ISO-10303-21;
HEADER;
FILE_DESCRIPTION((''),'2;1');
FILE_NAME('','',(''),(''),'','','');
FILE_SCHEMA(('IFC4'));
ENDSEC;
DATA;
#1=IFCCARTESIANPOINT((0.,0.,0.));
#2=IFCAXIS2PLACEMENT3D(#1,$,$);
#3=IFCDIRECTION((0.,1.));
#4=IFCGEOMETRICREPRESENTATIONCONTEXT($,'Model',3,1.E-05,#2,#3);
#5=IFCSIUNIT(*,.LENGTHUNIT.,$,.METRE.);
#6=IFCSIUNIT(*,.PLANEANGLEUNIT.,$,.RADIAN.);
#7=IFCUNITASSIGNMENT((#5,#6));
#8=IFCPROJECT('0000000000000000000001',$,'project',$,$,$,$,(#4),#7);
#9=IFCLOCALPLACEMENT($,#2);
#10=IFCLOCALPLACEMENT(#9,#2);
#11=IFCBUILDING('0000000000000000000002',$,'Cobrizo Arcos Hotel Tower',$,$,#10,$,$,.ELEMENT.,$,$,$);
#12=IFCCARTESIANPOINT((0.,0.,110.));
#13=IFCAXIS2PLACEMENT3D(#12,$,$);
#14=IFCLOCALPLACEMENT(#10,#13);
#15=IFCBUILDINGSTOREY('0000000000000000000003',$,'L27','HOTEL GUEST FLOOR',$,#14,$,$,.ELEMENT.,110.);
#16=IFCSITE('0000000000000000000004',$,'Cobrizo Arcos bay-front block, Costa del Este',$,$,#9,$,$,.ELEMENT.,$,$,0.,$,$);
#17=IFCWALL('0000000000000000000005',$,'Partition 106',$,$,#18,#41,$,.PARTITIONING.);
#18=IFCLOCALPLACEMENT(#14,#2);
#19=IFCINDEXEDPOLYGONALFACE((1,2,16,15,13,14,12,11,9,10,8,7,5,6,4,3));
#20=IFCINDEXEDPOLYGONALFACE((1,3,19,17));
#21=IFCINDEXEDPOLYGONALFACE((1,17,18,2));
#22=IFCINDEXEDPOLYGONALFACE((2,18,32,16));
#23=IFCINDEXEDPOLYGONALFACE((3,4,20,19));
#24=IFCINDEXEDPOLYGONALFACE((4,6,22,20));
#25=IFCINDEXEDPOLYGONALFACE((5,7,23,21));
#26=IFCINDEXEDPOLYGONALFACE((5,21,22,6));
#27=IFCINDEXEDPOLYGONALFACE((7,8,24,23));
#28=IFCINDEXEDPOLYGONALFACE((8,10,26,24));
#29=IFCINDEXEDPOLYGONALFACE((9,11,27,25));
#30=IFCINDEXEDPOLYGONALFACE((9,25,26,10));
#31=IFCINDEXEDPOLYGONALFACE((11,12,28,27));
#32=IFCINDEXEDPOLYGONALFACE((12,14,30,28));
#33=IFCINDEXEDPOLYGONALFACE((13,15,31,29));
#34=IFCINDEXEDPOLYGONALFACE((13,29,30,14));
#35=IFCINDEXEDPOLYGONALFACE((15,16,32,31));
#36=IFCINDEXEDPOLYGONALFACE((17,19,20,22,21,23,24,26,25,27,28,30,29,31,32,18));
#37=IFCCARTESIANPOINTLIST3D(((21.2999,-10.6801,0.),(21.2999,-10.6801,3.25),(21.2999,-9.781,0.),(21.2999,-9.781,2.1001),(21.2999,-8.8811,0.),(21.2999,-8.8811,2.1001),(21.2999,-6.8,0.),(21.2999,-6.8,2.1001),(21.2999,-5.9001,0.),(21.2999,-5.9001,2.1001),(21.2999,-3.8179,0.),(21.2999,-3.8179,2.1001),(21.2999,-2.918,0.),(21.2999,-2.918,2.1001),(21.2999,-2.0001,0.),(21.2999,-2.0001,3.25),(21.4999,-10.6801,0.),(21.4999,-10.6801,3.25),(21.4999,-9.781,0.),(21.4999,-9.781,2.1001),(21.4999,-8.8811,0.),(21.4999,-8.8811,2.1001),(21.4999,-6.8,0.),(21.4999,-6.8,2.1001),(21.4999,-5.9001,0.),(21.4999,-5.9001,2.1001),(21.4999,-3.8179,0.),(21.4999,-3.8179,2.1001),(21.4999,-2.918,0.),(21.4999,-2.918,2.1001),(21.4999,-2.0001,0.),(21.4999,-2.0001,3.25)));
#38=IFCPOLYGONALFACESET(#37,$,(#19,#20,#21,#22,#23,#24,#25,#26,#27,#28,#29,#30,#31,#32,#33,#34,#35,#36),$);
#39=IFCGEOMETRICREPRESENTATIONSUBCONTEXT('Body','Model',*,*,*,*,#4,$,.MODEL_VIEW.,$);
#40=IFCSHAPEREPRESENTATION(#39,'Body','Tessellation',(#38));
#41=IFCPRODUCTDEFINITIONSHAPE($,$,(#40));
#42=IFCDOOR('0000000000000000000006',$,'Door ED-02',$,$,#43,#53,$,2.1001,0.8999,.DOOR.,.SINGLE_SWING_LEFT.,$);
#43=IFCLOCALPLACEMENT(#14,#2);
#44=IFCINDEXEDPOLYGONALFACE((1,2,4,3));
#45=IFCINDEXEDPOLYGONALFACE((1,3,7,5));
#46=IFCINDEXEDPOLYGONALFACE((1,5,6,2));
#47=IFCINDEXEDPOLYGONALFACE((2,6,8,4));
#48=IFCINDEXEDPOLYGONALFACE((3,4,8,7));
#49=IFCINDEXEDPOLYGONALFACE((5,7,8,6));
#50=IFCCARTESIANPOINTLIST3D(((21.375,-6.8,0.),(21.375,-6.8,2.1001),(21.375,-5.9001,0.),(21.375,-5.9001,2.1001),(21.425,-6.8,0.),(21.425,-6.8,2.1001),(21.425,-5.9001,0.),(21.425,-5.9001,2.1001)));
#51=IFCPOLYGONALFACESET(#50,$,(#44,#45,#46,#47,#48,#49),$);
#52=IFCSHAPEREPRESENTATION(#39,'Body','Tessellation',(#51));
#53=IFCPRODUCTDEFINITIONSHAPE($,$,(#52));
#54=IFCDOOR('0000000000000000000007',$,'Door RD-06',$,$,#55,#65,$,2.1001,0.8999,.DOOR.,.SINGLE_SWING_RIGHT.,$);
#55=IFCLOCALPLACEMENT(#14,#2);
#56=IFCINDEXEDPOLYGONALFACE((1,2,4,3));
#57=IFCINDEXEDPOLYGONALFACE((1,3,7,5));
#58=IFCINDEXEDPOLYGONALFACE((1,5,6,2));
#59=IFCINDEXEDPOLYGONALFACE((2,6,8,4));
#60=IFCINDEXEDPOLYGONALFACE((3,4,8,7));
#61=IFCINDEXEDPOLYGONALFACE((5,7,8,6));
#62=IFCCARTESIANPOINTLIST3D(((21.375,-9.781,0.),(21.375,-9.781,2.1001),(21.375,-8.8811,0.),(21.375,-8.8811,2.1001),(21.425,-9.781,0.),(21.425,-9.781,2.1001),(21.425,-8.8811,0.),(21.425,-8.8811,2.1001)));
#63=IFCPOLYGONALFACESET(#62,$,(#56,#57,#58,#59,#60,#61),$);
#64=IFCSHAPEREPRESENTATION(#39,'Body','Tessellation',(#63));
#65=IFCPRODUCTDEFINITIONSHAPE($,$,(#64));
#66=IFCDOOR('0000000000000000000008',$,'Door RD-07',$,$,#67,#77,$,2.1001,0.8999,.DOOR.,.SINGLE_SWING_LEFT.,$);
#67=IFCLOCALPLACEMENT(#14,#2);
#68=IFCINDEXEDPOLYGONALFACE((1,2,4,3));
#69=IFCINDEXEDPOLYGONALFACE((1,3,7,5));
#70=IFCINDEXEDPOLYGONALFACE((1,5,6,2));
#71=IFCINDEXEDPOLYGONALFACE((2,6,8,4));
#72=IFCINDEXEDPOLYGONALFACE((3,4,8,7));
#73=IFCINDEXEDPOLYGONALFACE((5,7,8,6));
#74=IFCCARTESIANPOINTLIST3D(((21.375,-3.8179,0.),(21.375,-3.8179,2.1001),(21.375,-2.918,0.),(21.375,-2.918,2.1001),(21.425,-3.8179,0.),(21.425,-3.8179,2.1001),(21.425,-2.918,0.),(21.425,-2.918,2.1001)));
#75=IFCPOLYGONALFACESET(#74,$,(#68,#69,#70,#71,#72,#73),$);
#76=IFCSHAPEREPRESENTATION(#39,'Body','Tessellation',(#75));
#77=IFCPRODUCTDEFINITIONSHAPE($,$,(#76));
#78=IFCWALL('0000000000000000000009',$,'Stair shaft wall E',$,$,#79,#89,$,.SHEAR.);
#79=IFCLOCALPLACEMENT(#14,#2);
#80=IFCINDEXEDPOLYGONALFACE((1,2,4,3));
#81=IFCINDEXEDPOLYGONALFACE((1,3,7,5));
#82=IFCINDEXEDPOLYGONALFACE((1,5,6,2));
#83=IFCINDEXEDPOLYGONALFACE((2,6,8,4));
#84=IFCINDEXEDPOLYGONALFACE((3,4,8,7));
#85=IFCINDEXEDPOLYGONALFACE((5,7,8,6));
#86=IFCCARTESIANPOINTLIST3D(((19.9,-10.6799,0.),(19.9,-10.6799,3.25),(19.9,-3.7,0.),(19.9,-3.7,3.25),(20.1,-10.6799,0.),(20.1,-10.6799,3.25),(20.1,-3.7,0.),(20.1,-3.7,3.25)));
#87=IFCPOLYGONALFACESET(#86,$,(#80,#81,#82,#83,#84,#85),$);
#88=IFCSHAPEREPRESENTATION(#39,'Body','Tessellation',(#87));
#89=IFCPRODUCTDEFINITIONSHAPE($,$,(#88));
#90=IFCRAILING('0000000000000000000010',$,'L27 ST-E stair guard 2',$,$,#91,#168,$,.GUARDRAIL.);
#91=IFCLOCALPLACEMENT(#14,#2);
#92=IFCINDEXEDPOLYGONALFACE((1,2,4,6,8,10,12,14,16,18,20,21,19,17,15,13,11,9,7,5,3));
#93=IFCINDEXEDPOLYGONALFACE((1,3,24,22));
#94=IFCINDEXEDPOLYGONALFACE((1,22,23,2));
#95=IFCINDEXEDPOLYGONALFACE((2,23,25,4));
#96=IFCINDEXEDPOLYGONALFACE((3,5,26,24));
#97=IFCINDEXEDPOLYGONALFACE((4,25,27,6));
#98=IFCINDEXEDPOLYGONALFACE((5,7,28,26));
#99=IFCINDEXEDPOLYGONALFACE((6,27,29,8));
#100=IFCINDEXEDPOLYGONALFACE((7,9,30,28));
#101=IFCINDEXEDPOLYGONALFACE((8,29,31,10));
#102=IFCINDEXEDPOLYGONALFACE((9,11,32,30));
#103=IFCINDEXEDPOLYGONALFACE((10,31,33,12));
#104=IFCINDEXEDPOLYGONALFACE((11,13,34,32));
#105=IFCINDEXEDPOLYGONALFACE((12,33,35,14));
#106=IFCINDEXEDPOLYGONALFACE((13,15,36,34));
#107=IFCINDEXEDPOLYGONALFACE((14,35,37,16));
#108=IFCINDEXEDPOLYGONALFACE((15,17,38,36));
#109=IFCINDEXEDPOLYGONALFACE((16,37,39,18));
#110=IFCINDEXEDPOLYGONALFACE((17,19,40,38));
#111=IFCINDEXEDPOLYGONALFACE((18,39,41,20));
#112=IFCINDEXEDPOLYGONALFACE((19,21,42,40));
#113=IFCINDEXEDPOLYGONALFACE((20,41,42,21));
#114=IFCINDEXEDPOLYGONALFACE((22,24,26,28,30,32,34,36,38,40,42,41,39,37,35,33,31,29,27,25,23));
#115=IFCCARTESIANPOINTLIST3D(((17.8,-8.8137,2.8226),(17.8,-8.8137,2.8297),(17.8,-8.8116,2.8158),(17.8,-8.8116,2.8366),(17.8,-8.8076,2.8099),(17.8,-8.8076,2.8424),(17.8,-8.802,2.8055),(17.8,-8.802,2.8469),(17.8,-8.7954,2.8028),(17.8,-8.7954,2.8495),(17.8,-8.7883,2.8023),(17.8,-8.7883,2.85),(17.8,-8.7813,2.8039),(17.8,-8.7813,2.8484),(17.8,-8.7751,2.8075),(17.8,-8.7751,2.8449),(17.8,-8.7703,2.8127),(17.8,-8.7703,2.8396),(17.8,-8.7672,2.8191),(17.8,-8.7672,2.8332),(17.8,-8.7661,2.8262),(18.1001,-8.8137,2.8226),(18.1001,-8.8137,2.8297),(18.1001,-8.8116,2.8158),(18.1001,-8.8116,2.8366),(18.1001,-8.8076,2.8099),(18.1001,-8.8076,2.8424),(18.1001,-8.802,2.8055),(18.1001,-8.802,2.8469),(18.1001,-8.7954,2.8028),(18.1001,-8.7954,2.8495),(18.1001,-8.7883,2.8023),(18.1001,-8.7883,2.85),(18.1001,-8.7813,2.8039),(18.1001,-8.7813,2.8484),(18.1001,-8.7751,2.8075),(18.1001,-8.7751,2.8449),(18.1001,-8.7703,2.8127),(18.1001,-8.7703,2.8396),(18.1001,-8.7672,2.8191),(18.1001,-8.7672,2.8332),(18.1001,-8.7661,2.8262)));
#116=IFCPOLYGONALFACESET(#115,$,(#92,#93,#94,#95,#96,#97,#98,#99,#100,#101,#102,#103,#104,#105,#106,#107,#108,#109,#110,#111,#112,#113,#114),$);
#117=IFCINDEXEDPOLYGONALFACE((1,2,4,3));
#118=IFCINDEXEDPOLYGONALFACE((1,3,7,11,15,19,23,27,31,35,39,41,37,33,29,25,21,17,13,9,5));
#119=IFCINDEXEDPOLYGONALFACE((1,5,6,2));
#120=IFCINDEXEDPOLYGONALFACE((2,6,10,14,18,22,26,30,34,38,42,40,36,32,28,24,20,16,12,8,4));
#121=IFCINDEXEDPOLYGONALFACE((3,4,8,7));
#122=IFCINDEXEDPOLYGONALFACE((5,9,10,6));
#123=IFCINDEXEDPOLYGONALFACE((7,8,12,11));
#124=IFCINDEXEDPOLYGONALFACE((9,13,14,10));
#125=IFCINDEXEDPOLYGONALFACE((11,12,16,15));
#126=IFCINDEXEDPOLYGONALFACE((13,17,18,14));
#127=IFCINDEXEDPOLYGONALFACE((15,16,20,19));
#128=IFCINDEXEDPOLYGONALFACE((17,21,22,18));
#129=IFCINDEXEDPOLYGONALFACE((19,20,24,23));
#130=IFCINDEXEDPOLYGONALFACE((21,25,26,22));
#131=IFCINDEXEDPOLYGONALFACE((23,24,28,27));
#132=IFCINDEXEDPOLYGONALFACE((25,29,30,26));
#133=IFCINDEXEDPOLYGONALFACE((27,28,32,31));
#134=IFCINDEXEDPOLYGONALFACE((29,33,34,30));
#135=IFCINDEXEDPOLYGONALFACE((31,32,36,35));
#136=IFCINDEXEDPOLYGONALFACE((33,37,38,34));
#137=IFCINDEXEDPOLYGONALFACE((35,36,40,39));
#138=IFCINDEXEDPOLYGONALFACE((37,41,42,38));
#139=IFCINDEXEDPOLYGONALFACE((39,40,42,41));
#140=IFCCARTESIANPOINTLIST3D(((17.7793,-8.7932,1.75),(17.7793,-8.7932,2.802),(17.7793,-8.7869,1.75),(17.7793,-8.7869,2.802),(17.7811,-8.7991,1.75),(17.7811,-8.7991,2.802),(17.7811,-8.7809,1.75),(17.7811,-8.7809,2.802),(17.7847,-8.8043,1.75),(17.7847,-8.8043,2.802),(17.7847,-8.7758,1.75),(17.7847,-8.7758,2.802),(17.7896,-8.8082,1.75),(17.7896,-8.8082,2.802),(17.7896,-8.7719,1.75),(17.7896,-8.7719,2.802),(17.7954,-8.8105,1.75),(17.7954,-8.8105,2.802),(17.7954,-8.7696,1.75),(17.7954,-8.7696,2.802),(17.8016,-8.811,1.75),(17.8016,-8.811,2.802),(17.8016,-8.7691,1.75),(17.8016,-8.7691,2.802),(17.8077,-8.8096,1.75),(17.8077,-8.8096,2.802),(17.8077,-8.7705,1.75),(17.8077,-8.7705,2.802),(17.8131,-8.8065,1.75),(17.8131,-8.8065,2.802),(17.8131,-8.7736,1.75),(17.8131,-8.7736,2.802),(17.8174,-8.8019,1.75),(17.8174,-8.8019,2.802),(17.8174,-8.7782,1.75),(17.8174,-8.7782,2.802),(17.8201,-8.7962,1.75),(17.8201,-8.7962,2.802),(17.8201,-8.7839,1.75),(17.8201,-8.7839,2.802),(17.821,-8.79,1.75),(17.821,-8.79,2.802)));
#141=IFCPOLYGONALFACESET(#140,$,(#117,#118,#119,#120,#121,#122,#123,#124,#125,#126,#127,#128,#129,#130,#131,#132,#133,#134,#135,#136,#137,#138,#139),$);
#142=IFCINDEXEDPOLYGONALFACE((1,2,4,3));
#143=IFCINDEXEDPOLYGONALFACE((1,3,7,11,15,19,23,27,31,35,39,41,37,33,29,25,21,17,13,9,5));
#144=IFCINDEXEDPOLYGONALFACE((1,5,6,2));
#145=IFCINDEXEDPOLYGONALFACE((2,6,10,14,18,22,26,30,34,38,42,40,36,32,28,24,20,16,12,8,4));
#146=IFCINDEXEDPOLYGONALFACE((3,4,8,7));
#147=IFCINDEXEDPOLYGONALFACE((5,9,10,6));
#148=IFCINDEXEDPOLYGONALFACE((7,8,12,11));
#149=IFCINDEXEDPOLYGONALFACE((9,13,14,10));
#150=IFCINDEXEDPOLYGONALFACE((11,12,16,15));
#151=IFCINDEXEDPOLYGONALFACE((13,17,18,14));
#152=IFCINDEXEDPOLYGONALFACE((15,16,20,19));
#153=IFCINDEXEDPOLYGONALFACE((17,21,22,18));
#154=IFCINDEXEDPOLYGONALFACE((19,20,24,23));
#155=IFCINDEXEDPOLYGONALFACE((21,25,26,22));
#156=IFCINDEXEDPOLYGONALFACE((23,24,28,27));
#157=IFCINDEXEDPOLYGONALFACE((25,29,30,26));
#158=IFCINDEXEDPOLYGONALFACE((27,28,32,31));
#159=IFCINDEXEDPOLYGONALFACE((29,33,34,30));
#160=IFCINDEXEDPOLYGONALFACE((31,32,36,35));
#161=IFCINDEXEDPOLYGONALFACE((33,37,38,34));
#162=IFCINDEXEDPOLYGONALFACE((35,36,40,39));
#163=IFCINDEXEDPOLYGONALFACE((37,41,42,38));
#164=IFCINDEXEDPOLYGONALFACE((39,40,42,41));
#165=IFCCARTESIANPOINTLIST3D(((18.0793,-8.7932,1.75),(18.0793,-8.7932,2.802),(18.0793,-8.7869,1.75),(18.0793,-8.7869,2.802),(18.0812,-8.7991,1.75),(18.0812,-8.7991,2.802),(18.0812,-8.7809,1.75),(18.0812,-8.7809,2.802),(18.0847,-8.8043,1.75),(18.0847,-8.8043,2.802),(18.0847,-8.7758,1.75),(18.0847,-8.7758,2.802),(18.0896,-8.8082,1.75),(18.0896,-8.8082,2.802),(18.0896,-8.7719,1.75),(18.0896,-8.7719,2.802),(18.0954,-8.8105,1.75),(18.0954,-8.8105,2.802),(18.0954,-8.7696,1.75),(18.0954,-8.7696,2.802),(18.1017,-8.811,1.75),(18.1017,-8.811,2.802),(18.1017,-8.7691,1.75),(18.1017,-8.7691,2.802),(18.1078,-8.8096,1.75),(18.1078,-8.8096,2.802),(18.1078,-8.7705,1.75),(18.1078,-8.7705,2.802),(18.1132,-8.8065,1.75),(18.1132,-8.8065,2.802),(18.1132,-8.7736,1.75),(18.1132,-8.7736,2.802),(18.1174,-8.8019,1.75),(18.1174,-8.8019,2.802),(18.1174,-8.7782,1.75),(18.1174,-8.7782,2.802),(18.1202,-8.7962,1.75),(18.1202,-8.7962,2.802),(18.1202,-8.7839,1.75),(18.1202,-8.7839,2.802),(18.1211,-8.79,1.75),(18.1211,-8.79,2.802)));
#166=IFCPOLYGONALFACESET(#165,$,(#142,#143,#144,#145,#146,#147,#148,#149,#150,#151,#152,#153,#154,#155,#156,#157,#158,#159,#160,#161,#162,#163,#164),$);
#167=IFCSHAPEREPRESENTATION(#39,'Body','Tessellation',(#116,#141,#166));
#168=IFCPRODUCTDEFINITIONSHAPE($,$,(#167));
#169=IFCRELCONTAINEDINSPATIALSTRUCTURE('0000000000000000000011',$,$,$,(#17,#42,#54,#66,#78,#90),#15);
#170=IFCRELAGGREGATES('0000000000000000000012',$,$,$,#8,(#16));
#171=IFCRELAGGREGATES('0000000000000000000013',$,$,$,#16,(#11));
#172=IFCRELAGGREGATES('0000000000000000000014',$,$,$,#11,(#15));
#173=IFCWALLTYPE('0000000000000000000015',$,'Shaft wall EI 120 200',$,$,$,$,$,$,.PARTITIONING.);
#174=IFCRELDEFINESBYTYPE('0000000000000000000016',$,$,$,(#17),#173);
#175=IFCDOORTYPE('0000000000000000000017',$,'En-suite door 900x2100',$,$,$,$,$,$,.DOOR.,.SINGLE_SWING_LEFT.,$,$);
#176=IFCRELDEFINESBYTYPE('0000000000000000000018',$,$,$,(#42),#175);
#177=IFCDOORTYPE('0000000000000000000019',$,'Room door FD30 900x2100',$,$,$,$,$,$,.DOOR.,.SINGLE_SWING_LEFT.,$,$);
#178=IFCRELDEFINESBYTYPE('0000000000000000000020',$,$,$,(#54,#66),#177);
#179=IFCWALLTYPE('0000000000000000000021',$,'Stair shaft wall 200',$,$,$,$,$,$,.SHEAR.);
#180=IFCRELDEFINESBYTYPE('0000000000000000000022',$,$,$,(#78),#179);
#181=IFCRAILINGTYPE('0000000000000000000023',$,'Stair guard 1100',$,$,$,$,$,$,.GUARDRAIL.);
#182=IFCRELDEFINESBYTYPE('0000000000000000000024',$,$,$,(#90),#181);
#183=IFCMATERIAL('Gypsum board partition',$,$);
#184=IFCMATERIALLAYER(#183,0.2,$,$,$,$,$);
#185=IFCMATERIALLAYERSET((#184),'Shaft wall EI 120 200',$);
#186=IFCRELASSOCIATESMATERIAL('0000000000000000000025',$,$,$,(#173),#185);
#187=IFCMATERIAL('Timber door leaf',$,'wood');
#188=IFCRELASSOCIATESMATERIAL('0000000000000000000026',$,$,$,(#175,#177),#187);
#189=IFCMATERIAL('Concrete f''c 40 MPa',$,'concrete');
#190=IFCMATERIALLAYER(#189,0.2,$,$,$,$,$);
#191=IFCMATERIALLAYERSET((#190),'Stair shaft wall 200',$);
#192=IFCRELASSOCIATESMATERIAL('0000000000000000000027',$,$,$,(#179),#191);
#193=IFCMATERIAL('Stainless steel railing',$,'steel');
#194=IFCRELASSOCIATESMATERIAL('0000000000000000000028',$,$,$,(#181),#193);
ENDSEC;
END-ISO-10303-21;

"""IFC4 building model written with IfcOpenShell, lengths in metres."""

from ifc_helpers import new_model, si_unit, direction, frame, frame_2d, origin, origin_2d, place, context, subcontext, project, spatial, rectangle, circle, extrude, material, layer, layer_set, type_object, element, fill, save


model = new_model("IFC4")

# Units and contexts
model_context = context("Model", 3, precision=1e-05, world=origin(), true_north=direction((0.0, 1.0)))
body_context = subcontext(model_context, "Body", "Model", "MODEL_VIEW")
ifc_project = project(units=[si_unit("LENGTHUNIT", "METRE"), si_unit("PLANEANGLEUNIT", "RADIAN")], contexts=[model_context])

# Site, building, storey
site_placement = place(None, origin())
site = spatial("IfcSite", under=ifc_project, at=site_placement, Name="Cobrizo Arcos bay-front block, Costa del Este", CompositionType="ELEMENT", RefElevation=0.0)
building_placement = place(site_placement, origin())
building = spatial("IfcBuilding", under=site, at=building_placement, Name="Cobrizo Arcos Hotel Tower", CompositionType="ELEMENT")
storey_placement = place(building_placement, frame((0.0, 0.0, 110.0)))
storey = spatial("IfcBuildingStorey", under=building, at=storey_placement, Name="L27", Description="HOTEL GUEST FLOOR", CompositionType="ELEMENT", Elevation=110.0)

# Wall, openings, doors
ifc_material_1 = material(Name="Gypsum board partition")
ifc_layer_1 = layer(ifc_material_1, 0.2)
ifc_layer_set_1 = layer_set([ifc_layer_1], Name="Shaft wall EI 120 200")
wall_type_1 = type_object("IfcWallType", Name="Shaft wall EI 120 200", PredefinedType="PARTITIONING", material=ifc_layer_set_1)
wall_1_placement = place(storey_placement, frame((21.3999, -10.6799, 0.0), z_axis=(0.0, 0.0, 1.0), x_axis=(0.0, 1.0, 0.0)))
wall_1 = element("IfcWall", 1, at=wall_1_placement, inside=storey, type_object=wall_type_1, Name="Partition 106", PredefinedType="PARTITIONING", context=body_context, shape_type="SweptSolid", body=[
    extrude(rectangle(XDim=8.6799, YDim=0.2, at=frame_2d((4.3398, 0.0))), origin(), (0.0, 0.0, 1.0), 3.25),
])
opening_1_placement = place(wall_1_placement, frame((0.8989, 0.0, 0.0)))
opening_1 = element("IfcOpeningElement", 2, at=opening_1_placement, cuts=wall_1, PredefinedType="OPENING", context=body_context, shape_type="SweptSolid", body=[
    extrude(rectangle(XDim=0.8999, YDim=2.1001, at=frame_2d((0.45, 1.05))), frame((0.0, 0.1121, 0.0), z_axis=(0.0, -1.0, 0.0), x_axis=(1.0, 0.0, 0.0)), (0.0, 0.0, 1.0), 0.2239),
])
opening_2_placement = place(wall_1_placement, frame((3.8799, 0.0, 0.0)))
opening_2 = element("IfcOpeningElement", 3, at=opening_2_placement, cuts=wall_1, PredefinedType="OPENING", context=body_context, shape_type="SweptSolid", body=[
    extrude(rectangle(XDim=0.8999, YDim=2.1001, at=frame_2d((0.45, 1.05))), frame((0.0, 0.1121, 0.0), z_axis=(0.0, -1.0, 0.0), x_axis=(1.0, 0.0, 0.0)), (0.0, 0.0, 1.0), 0.2239),
])
opening_3_placement = place(wall_1_placement, frame((6.8621, 0.0, 0.0)))
opening_3 = element("IfcOpeningElement", 4, at=opening_3_placement, cuts=wall_1, PredefinedType="OPENING", context=body_context, shape_type="SweptSolid", body=[
    extrude(rectangle(XDim=0.8999, YDim=2.1001, at=frame_2d((0.45, 1.05))), frame((0.0, 0.1121, 0.0), z_axis=(0.0, -1.0, 0.0), x_axis=(1.0, 0.0, 0.0)), (0.0, 0.0, 1.0), 0.2239),
])
ifc_material_2 = material(Name="Timber door leaf", Category="wood")
door_type_1 = type_object("IfcDoorType", Name="En-suite door 900x2100", OperationType="SINGLE_SWING_LEFT", PredefinedType="DOOR", material=ifc_material_2)
door_1_placement = place(opening_2_placement, origin())
door_1 = element("IfcDoor", 5, at=door_1_placement, inside=storey, type_object=door_type_1, Name="Door ED-02", OperationType="SINGLE_SWING_LEFT", OverallHeight=2.1001, OverallWidth=0.8999, PredefinedType="DOOR", context=body_context, shape_type="SweptSolid", body=[
    extrude(rectangle(XDim=0.8999, YDim=2.1001, at=frame_2d((0.45, 1.05))), frame((0.0, 0.0249, 0.0), z_axis=(0.0, -1.0, 0.0), x_axis=(1.0, 0.0, 0.0)), (0.0, 0.0, 1.0), 0.05),
])
fill(opening_2, door_1)
door_type_2 = type_object("IfcDoorType", Name="Room door FD30 900x2100", OperationType="SINGLE_SWING_LEFT", PredefinedType="DOOR", material=ifc_material_2)
door_2_placement = place(opening_1_placement, origin())
door_2 = element("IfcDoor", 6, at=door_2_placement, inside=storey, type_object=door_type_2, Name="Door RD-06", OperationType="SINGLE_SWING_RIGHT", OverallHeight=2.1001, OverallWidth=0.8999, PredefinedType="DOOR", context=body_context, shape_type="SweptSolid", body=[
    extrude(rectangle(XDim=0.8999, YDim=2.1001, at=frame_2d((0.45, 1.05))), frame((0.0, 0.0249, 0.0), z_axis=(0.0, -1.0, 0.0), x_axis=(1.0, 0.0, 0.0)), (0.0, 0.0, 1.0), 0.05),
])
fill(opening_1, door_2)
door_3_placement = place(opening_3_placement, origin())
door_3 = element("IfcDoor", 7, at=door_3_placement, inside=storey, type_object=door_type_2, Name="Door RD-07", OperationType="SINGLE_SWING_LEFT", OverallHeight=2.1001, OverallWidth=0.8999, PredefinedType="DOOR", context=body_context, shape_type="SweptSolid", body=[
    extrude(rectangle(XDim=0.8999, YDim=2.1001, at=frame_2d((0.45, 1.05))), frame((0.0, 0.0249, 0.0), z_axis=(0.0, -1.0, 0.0), x_axis=(1.0, 0.0, 0.0)), (0.0, 0.0, 1.0), 0.05),
])
fill(opening_3, door_3)

# Wall
ifc_material_3 = material(Name="Concrete f'c 40 MPa", Category="concrete")
ifc_layer_2 = layer(ifc_material_3, 0.2)
ifc_layer_set_2 = layer_set([ifc_layer_2], Name="Stair shaft wall 200")
wall_type_2 = type_object("IfcWallType", Name="Stair shaft wall 200", PredefinedType="SHEAR", material=ifc_layer_set_2)
wall_2_placement = place(storey_placement, frame((20.0, -10.6799, 0.0), z_axis=(0.0, 0.0, 1.0), x_axis=(0.0, 1.0, 0.0)))
element("IfcWall", 8, at=wall_2_placement, inside=storey, type_object=wall_type_2, Name="Stair shaft wall E", PredefinedType="SHEAR", context=body_context, shape_type="SweptSolid", body=[
    extrude(rectangle(XDim=6.98, YDim=0.2, at=frame_2d((3.49, 0.0))), origin(), (0.0, 0.0, 1.0), 3.25),
])

# Railing
ifc_material_4 = material(Name="Stainless steel railing", Category="steel")
railing_type = type_object("IfcRailingType", Name="Stair guard 1100", PredefinedType="GUARDRAIL", material=ifc_material_4)
railing_placement = place(storey_placement, frame((17.8, -8.79, 1.75)))
element("IfcRailing", 9, at=railing_placement, inside=storey, type_object=railing_type, Name="L27 ST-E stair guard 2", PredefinedType="GUARDRAIL", context=body_context, shape_type="SweptSolid", body=[
    extrude(circle(Radius=0.0239, at=origin_2d()), frame((0.0, 0.0, 1.0762), z_axis=(1.0, 0.0, 0.0), x_axis=(0.0, 1.0, 0.0)), (0.0, 0.0, 1.0), 0.3),
    extrude(circle(Radius=0.021, at=origin_2d()), origin(), (0.0, 0.0, 1.0), 1.052),
    extrude(circle(Radius=0.021, at=origin_2d()), frame((0.3, 0.0, 0.0)), (0.0, 0.0, 1.0), 1.052),
])

save(model, "model.ifc")
